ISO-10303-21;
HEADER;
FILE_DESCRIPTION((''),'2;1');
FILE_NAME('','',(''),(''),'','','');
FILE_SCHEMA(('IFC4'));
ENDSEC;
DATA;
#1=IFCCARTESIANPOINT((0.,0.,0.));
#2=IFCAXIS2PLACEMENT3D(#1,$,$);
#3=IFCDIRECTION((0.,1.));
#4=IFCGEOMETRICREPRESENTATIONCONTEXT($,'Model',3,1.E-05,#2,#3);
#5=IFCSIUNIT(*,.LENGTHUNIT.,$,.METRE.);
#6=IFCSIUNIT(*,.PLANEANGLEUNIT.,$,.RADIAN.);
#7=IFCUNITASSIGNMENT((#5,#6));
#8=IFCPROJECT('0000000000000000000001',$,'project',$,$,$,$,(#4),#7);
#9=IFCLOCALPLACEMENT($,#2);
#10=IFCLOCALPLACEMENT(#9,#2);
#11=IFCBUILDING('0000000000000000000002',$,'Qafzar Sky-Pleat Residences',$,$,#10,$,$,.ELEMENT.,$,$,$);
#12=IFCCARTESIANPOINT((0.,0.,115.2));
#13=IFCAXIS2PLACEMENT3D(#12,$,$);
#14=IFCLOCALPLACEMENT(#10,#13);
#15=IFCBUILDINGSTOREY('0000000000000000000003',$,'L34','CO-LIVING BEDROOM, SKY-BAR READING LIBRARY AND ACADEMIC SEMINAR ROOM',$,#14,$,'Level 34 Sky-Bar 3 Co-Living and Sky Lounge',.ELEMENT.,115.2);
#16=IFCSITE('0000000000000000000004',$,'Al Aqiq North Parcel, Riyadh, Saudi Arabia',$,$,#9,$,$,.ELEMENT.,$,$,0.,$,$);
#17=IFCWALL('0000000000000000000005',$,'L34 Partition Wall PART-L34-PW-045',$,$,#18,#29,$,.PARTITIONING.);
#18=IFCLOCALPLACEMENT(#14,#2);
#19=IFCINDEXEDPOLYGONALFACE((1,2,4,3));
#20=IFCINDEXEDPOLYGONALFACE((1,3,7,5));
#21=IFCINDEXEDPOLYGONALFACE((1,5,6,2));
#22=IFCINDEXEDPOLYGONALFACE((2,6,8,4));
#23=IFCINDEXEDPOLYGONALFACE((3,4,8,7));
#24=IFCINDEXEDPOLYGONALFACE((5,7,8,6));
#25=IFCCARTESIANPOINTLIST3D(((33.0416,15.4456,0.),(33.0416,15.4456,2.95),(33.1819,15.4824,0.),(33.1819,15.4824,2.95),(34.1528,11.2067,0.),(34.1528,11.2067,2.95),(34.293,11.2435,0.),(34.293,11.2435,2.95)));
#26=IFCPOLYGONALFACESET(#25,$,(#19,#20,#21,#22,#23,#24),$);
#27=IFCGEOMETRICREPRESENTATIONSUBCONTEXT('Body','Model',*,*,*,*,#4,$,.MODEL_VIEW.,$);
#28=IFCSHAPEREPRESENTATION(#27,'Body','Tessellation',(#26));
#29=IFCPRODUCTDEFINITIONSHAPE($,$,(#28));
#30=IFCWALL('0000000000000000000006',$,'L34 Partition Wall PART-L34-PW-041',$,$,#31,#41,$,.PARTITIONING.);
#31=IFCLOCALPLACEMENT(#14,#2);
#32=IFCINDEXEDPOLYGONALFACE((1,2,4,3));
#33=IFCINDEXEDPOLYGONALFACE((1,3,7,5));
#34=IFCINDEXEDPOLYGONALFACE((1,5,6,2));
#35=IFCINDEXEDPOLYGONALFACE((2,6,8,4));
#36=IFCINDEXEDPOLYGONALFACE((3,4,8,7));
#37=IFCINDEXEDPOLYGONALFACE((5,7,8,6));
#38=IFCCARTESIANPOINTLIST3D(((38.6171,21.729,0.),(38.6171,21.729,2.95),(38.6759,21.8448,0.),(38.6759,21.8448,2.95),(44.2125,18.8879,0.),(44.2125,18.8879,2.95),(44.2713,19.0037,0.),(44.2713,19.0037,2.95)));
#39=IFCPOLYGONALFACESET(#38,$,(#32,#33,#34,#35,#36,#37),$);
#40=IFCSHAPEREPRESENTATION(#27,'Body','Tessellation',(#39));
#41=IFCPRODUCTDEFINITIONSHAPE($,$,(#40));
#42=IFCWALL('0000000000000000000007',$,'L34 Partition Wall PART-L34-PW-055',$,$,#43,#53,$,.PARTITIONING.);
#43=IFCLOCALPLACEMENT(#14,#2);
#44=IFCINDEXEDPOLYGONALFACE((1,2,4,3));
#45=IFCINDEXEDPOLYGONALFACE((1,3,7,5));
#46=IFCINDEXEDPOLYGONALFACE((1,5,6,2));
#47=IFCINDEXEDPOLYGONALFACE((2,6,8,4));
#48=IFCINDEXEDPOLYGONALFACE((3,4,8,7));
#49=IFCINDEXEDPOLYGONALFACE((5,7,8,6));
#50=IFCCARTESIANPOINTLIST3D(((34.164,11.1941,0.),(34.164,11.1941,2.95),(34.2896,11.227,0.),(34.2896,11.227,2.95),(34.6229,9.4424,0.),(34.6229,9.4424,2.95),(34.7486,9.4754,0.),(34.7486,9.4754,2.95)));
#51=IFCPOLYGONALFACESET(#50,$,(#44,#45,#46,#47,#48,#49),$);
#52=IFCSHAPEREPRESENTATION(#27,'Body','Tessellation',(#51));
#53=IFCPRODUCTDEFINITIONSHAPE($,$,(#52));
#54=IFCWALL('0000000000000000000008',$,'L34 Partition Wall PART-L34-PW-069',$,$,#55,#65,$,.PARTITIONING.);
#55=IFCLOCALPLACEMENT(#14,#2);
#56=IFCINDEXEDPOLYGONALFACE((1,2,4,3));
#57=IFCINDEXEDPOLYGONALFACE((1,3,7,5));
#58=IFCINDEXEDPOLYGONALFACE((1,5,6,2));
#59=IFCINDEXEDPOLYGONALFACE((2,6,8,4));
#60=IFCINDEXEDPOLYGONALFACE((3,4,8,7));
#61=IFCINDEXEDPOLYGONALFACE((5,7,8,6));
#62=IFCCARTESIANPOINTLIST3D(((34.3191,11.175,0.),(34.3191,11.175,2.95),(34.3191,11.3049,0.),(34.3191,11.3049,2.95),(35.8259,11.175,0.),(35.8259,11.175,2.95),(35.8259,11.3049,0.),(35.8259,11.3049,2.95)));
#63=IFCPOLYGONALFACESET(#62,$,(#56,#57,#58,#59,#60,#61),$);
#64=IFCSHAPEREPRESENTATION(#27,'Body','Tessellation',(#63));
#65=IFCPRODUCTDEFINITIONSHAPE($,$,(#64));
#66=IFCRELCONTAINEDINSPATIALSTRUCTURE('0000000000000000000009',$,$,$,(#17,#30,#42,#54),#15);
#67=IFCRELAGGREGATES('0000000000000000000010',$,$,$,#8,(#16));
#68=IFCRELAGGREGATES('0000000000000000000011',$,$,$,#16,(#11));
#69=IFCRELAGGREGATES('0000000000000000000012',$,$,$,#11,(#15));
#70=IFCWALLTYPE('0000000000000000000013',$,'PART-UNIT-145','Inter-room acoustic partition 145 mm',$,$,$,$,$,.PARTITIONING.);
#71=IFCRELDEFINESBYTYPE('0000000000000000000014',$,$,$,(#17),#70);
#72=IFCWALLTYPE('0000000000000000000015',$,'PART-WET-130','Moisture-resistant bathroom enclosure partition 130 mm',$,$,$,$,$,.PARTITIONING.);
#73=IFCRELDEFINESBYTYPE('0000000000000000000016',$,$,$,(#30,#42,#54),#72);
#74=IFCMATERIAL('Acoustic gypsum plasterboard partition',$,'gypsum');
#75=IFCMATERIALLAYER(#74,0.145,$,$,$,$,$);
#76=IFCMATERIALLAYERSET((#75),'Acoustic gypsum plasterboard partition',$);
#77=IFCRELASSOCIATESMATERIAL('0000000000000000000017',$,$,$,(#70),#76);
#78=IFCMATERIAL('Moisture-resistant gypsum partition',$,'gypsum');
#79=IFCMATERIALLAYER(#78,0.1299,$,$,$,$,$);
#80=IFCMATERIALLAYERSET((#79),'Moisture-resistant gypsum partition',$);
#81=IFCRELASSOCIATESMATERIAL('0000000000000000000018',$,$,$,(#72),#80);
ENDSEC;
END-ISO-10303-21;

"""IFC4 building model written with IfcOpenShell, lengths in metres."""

from ifc_helpers import new_model, si_unit, direction, frame, frame_2d, origin, place, context, subcontext, project, spatial, rectangle, extrude, material, layer, layer_set, type_object, element, save


model = new_model("IFC4")

# Units and contexts
model_context = context("Model", 3, precision=1e-05, world=origin(), true_north=direction((0.0, 1.0)))
body_context = subcontext(model_context, "Body", "Model", "MODEL_VIEW")
ifc_project = project(units=[si_unit("LENGTHUNIT", "METRE"), si_unit("PLANEANGLEUNIT", "RADIAN")], contexts=[model_context])

# Site, building, storey
site_placement = place(None, origin())
site = spatial("IfcSite", under=ifc_project, at=site_placement, Name="Al Aqiq North Parcel, Riyadh, Saudi Arabia", CompositionType="ELEMENT", RefElevation=0.0)
building_placement = place(site_placement, origin())
building = spatial("IfcBuilding", under=site, at=building_placement, Name="Qafzar Sky-Pleat Residences", CompositionType="ELEMENT")
storey_placement = place(building_placement, frame((0.0, 0.0, 115.2)))
storey = spatial("IfcBuildingStorey", under=building, at=storey_placement, Name="L34", Description="CO-LIVING BEDROOM, SKY-BAR READING LIBRARY AND ACADEMIC SEMINAR ROOM", LongName="Level 34 Sky-Bar 3 Co-Living and Sky Lounge", CompositionType="ELEMENT", Elevation=115.2)

# Shared definitions
ifc_material_1 = material(Name="Acoustic gypsum plasterboard partition", Category="gypsum")

# Walls
ifc_layer_1 = layer(ifc_material_1, 0.145)
ifc_layer_set_1 = layer_set([ifc_layer_1], Name="Acoustic gypsum plasterboard partition")
wall_type_1 = type_object("IfcWallType", Name="PART-UNIT-145", Description="Inter-room acoustic partition 145 mm", PredefinedType="PARTITIONING", material=ifc_layer_set_1)
wall_1_placement = place(storey_placement, frame((33.1118, 15.4639, 0.0), z_axis=(0.0, 0.0, 1.0), x_axis=(0.253558, -0.96732, 0.0)))
element("IfcWall", 1, at=wall_1_placement, inside=storey, type_object=wall_type_1, Name="L34 Partition Wall PART-L34-PW-045", PredefinedType="PARTITIONING", context=body_context, shape_type="SweptSolid", body=[
    extrude(rectangle(XDim=4.3821, YDim=0.145, at=frame_2d((2.1909, 0.0))), origin(), (0.0, 0.0, 1.0), 2.95),
])
ifc_material_2 = material(Name="Moisture-resistant gypsum partition", Category="gypsum")
ifc_layer_2 = layer(ifc_material_2, 0.1299)
ifc_layer_set_2 = layer_set([ifc_layer_2], Name="Moisture-resistant gypsum partition")
wall_type_2 = type_object("IfcWallType", Name="PART-WET-130", Description="Moisture-resistant bathroom enclosure partition 130 mm", PredefinedType="PARTITIONING", material=ifc_layer_set_2)
wall_2_placement = place(storey_placement, frame((38.6465, 21.7869, 0.0), z_axis=(0.0, 0.0, 1.0), x_axis=(0.891648, -0.452729, 0.0)))
element("IfcWall", 2, at=wall_2_placement, inside=storey, type_object=wall_type_2, Name="L34 Partition Wall PART-L34-PW-041", PredefinedType="PARTITIONING", context=body_context, shape_type="SweptSolid", body=[
    extrude(rectangle(XDim=6.2754, YDim=0.1299, at=frame_2d((3.1377, 0.0))), origin(), (0.0, 0.0, 1.0), 2.95),
])
wall_3_placement = place(storey_placement, frame((34.2268, 11.2104, 0.0), z_axis=(0.0, 0.0, 1.0), x_axis=(0.253465, -0.967345, 0.0)))
element("IfcWall", 3, at=wall_3_placement, inside=storey, type_object=wall_type_2, Name="L34 Partition Wall PART-L34-PW-055", PredefinedType="PARTITIONING", context=body_context, shape_type="SweptSolid", body=[
    extrude(rectangle(XDim=1.8108, YDim=0.1299, at=frame_2d((0.9053, 0.0))), origin(), (0.0, 0.0, 1.0), 2.95),
])
wall_4_placement = place(storey_placement, frame((34.3191, 11.24, 0.0), z_axis=(0.0, 0.0, 1.0), x_axis=(1.0, 0.0, 0.0)))
element("IfcWall", 4, at=wall_4_placement, inside=storey, type_object=wall_type_2, Name="L34 Partition Wall PART-L34-PW-069", PredefinedType="PARTITIONING", context=body_context, shape_type="SweptSolid", body=[
    extrude(rectangle(XDim=1.5068, YDim=0.1299, at=frame_2d((0.7534, 0.0))), origin(), (0.0, 0.0, 1.0), 2.95),
])

save(model, "model.ifc")
